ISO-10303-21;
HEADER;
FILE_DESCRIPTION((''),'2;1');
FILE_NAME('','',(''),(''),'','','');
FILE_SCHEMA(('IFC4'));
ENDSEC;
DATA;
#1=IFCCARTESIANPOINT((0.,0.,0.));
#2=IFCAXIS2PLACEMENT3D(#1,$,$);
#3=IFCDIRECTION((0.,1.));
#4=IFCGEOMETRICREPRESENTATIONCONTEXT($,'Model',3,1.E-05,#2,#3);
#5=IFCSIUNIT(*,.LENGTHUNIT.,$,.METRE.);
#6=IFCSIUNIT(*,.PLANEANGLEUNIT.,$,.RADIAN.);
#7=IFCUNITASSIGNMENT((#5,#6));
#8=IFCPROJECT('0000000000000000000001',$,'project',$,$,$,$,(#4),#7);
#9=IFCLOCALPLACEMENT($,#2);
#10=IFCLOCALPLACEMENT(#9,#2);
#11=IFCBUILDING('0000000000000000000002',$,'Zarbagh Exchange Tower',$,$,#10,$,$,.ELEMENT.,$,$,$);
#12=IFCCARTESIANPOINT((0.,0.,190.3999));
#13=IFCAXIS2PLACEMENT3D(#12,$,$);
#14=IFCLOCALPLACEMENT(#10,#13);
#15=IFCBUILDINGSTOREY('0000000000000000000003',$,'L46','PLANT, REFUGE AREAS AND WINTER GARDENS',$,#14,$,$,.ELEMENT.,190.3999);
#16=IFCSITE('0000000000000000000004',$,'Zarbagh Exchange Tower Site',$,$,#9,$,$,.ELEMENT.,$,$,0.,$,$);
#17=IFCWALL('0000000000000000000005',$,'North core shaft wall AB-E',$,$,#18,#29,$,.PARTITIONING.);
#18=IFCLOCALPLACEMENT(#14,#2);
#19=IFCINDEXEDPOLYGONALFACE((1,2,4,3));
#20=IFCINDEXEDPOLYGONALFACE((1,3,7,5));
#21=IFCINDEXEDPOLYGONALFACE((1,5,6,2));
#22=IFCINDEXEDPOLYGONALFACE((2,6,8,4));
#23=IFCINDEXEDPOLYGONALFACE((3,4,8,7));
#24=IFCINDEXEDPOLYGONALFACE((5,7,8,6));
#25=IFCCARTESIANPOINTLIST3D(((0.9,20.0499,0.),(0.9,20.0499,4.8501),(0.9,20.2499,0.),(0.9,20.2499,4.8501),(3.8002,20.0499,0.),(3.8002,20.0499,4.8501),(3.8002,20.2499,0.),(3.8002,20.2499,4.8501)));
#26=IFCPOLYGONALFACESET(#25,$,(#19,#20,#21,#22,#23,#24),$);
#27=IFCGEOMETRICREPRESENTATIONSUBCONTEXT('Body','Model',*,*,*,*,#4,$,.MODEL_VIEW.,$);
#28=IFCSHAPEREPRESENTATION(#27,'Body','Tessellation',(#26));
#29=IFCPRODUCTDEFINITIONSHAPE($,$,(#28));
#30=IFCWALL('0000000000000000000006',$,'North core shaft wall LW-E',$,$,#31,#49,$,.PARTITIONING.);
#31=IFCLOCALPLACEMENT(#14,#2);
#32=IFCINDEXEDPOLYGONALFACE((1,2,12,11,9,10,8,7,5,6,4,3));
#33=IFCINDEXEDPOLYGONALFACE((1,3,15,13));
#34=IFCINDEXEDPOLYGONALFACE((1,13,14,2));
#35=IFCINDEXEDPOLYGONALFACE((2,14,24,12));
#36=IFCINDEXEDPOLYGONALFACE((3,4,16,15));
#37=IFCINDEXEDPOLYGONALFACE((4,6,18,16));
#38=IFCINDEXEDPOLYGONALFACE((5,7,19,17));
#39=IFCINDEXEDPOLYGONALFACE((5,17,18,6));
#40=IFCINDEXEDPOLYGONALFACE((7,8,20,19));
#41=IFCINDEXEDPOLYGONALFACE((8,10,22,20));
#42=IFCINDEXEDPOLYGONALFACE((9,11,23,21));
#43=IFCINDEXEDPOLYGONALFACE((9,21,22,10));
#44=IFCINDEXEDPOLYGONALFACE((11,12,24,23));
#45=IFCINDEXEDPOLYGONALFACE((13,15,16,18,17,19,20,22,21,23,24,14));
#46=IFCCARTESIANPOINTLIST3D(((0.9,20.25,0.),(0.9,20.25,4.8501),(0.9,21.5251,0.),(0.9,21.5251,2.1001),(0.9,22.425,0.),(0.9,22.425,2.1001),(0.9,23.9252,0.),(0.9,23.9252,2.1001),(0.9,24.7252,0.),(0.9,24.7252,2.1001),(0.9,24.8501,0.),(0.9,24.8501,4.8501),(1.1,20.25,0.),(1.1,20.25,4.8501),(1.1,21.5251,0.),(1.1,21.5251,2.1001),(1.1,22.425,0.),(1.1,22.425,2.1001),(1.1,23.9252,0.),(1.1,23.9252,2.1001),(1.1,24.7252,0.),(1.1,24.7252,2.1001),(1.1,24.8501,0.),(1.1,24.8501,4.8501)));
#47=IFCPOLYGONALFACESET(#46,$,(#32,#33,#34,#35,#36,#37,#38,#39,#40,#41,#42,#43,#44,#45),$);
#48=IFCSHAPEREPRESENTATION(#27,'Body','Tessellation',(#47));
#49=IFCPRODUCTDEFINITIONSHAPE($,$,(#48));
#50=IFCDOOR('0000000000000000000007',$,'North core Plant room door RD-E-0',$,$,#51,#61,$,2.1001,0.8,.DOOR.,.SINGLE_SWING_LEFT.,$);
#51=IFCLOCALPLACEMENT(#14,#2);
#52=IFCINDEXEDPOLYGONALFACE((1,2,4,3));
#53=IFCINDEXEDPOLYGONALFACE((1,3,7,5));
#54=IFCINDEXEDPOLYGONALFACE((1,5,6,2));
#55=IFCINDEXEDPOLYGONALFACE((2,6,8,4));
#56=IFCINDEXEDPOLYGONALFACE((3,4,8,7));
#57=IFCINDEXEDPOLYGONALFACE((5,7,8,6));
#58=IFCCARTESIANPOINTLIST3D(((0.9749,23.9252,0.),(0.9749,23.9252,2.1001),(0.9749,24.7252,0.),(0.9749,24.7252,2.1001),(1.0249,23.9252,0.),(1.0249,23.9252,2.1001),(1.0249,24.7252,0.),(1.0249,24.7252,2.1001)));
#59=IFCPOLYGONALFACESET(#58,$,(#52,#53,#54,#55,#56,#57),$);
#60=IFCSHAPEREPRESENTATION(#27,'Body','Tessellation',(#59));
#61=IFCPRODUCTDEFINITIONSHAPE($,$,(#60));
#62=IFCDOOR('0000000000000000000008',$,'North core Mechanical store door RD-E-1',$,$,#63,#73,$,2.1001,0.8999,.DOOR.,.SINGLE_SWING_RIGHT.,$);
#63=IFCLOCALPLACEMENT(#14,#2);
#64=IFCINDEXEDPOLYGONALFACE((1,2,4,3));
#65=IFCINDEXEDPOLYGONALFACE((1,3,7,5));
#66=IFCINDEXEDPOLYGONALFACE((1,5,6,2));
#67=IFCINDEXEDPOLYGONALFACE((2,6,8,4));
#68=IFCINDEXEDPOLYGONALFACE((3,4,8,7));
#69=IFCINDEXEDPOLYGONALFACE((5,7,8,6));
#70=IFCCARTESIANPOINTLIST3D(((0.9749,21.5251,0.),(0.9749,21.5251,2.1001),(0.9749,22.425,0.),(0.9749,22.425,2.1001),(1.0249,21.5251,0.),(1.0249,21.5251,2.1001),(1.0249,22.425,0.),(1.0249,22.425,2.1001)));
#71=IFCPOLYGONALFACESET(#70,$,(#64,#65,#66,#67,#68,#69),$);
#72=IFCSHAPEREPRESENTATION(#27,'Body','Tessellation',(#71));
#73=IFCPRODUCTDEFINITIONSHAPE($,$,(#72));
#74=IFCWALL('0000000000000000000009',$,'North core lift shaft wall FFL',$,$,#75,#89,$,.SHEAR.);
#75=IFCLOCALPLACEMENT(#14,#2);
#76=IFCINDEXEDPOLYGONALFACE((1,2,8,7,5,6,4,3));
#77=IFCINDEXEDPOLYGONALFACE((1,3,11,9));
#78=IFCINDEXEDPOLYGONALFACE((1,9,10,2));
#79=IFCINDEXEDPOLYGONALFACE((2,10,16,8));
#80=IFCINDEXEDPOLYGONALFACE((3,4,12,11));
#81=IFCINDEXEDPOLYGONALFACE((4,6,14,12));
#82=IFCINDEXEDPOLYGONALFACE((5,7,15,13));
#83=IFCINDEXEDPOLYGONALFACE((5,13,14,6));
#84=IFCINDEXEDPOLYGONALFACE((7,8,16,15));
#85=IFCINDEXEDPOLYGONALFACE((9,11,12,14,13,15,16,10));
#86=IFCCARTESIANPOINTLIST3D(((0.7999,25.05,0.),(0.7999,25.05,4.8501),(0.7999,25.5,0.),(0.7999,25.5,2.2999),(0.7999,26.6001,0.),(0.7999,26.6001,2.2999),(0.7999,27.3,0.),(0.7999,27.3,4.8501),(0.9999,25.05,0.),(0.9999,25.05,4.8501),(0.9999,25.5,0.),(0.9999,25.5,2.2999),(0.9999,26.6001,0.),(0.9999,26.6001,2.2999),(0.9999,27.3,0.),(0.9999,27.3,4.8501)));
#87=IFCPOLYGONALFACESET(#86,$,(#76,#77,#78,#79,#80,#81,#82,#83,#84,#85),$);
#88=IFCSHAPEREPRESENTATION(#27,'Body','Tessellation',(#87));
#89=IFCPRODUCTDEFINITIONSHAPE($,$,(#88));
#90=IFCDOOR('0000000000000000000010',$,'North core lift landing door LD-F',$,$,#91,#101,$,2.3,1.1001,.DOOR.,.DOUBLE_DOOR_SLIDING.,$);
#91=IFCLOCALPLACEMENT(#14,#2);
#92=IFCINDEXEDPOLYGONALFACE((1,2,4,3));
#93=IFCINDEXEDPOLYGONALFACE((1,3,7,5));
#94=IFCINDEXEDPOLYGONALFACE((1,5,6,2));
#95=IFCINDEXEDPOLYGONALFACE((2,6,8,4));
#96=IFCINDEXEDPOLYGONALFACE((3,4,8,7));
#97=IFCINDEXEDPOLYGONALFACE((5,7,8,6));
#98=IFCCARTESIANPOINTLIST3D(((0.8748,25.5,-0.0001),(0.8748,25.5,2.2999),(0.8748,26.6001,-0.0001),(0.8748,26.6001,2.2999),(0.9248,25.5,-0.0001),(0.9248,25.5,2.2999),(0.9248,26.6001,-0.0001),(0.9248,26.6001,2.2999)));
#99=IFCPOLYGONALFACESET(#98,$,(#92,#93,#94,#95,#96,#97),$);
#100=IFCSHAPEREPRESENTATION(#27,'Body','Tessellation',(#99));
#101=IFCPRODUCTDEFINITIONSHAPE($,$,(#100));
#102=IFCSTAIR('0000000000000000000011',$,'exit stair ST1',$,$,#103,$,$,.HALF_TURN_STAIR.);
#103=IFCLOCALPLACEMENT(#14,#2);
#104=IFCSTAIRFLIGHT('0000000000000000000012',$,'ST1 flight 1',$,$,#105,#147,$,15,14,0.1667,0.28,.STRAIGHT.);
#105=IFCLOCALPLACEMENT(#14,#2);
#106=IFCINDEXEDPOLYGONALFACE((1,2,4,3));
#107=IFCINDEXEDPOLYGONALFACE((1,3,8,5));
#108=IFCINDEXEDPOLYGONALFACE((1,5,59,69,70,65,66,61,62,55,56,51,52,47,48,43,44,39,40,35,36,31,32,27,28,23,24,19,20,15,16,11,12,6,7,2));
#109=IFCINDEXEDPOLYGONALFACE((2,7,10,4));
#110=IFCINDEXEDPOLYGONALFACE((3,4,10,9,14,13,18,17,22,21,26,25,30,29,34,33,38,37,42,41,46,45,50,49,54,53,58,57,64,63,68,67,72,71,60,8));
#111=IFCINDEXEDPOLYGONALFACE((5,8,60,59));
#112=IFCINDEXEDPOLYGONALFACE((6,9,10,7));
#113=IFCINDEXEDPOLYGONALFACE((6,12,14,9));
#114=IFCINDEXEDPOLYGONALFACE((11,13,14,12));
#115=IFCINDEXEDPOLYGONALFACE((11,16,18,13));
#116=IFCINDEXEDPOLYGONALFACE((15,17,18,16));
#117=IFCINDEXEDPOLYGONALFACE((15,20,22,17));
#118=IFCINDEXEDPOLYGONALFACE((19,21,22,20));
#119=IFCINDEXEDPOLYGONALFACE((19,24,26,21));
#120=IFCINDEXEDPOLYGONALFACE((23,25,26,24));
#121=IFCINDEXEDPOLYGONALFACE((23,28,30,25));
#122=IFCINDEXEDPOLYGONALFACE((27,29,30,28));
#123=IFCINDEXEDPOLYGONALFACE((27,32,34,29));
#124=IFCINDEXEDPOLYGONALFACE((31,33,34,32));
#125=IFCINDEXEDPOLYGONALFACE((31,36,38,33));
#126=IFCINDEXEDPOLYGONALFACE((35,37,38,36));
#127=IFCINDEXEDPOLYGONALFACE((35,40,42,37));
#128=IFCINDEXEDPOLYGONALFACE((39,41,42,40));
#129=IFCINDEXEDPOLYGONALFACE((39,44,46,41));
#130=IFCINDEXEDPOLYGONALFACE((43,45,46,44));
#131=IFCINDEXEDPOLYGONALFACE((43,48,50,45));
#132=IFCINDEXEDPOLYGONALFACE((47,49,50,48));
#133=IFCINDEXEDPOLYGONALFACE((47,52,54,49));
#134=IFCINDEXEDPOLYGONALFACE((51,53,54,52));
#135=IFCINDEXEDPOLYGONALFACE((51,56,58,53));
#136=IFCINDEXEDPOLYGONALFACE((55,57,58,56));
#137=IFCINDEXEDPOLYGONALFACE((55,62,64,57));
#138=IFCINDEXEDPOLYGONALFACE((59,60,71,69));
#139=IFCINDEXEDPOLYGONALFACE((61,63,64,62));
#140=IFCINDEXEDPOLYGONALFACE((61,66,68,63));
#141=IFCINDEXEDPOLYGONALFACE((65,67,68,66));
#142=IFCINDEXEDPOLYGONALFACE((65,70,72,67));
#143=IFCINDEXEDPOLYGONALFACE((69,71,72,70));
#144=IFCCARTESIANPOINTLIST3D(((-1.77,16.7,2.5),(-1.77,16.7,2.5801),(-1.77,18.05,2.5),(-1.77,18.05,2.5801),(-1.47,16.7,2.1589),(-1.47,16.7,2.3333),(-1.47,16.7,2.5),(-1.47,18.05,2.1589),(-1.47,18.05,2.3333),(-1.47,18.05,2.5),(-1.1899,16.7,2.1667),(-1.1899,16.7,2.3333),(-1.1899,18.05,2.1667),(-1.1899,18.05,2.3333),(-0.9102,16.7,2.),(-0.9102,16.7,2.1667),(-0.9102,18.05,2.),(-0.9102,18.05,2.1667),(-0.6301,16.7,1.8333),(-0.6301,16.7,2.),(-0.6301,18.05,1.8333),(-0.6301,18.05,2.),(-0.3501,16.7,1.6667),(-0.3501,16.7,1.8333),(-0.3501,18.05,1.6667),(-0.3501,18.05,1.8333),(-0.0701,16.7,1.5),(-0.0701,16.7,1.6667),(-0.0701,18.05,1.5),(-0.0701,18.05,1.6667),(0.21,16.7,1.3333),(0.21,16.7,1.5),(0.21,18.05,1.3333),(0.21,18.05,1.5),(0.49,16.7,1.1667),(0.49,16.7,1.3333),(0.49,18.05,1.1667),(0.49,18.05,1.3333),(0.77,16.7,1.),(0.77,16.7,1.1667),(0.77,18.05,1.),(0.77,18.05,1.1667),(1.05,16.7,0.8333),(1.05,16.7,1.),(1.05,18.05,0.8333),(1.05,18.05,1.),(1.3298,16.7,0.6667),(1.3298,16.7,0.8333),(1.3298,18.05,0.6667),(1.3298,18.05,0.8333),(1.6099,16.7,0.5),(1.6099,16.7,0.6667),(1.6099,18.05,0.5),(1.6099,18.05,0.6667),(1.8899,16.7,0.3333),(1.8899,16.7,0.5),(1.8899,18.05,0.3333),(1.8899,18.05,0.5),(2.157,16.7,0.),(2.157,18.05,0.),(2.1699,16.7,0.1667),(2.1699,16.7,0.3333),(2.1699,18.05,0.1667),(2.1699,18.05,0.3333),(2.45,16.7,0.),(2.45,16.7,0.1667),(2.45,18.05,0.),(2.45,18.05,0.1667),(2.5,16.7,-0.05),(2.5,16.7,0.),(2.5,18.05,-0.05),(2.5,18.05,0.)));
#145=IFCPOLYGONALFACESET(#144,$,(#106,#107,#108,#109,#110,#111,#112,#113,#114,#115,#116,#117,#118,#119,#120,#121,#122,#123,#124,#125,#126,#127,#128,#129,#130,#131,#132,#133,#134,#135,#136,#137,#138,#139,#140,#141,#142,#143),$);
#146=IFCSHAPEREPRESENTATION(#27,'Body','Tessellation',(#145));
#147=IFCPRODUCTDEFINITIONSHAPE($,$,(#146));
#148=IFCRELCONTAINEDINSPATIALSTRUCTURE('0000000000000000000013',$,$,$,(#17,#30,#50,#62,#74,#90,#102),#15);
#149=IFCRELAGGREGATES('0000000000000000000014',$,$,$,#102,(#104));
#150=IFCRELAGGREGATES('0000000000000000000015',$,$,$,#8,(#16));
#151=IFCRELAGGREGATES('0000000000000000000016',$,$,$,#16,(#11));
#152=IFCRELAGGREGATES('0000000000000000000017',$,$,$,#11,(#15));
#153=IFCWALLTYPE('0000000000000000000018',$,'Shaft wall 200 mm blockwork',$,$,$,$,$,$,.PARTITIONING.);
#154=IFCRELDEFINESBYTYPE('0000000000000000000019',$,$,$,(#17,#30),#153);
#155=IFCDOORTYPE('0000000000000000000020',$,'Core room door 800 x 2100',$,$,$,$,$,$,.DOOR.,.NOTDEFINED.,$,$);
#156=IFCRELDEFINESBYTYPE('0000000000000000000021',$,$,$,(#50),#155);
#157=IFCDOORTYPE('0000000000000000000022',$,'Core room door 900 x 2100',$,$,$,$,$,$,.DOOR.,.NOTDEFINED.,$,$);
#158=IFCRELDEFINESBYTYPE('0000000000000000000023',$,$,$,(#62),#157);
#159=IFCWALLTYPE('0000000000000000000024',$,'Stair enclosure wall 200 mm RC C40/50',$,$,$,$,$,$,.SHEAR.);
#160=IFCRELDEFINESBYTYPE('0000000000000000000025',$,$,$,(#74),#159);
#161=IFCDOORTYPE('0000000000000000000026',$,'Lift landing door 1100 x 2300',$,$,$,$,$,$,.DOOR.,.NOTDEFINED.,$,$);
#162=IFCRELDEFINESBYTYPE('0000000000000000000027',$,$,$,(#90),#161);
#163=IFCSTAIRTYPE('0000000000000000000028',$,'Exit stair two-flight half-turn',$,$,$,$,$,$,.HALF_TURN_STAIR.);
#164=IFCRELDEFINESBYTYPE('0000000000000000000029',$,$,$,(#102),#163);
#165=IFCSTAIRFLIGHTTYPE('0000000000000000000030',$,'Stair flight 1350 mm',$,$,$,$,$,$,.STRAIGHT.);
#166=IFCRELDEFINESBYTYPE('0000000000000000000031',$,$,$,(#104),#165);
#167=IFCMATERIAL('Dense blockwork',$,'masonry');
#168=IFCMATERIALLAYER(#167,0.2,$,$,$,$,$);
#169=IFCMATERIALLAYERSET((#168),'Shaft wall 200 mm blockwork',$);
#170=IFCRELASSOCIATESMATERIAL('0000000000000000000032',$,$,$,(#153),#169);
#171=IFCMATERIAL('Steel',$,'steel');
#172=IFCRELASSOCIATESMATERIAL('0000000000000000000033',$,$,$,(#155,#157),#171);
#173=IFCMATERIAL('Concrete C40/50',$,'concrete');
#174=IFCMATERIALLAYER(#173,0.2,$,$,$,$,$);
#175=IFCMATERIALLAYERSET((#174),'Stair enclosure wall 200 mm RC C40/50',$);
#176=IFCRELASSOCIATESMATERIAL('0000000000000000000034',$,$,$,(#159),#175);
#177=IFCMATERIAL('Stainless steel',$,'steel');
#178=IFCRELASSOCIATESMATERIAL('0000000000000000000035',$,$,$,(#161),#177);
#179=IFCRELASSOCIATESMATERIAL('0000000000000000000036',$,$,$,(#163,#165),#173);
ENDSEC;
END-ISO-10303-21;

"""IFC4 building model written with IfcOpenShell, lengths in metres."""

from ifc_helpers import new_model, si_unit, direction, frame, frame_2d, origin, place, context, subcontext, project, spatial, polyline, rectangle, outline, extrude, material, layer, layer_set, type_object, element, fill, aggregate, save


model = new_model("IFC4")

# Units and contexts
model_context = context("Model", 3, precision=1e-05, world=origin(), true_north=direction((0.0, 1.0)))
body_context = subcontext(model_context, "Body", "Model", "MODEL_VIEW")
ifc_project = project(units=[si_unit("LENGTHUNIT", "METRE"), si_unit("PLANEANGLEUNIT", "RADIAN")], contexts=[model_context])

# Site, building, storey
site_placement = place(None, origin())
site = spatial("IfcSite", under=ifc_project, at=site_placement, Name="Zarbagh Exchange Tower Site", CompositionType="ELEMENT", RefElevation=0.0)
building_placement = place(site_placement, origin())
building = spatial("IfcBuilding", under=site, at=building_placement, Name="Zarbagh Exchange Tower", CompositionType="ELEMENT")
storey_placement = place(building_placement, frame((0.0, 0.0, 190.3999)))
storey = spatial("IfcBuildingStorey", under=building, at=storey_placement, Name="L46", Description="PLANT, REFUGE AREAS AND WINTER GARDENS", CompositionType="ELEMENT", Elevation=190.3999)

# Wall
ifc_material_1 = material(Name="Dense blockwork", Category="masonry")
ifc_layer_1 = layer(ifc_material_1, 0.2)
ifc_layer_set_1 = layer_set([ifc_layer_1], Name="Shaft wall 200 mm blockwork")
wall_type_1 = type_object("IfcWallType", Name="Shaft wall 200 mm blockwork", PredefinedType="PARTITIONING", material=ifc_layer_set_1)
wall_1_placement = place(storey_placement, frame((0.8999, 20.1499, 0.0), z_axis=(0.0, 0.0, 1.0), x_axis=(1.0, 0.0, 0.0)))
element("IfcWall", 1, at=wall_1_placement, inside=storey, type_object=wall_type_1, Name="North core shaft wall AB-E", PredefinedType="PARTITIONING", context=body_context, shape_type="SweptSolid", body=[
    extrude(rectangle(XDim=2.9001, YDim=0.2, at=frame_2d((1.4502, 0.0))), origin(), (0.0, 0.0, 1.0), 4.8501),
])

# Wall, openings, doors
wall_2_placement = place(storey_placement, frame((1.0, 24.8501, 0.0), z_axis=(0.0, 0.0, 1.0), x_axis=(0.0, -1.0, 0.0)))
wall_2 = element("IfcWall", 2, at=wall_2_placement, inside=storey, type_object=wall_type_1, Name="North core shaft wall LW-E", PredefinedType="PARTITIONING", context=body_context, shape_type="SweptSolid", body=[
    extrude(rectangle(XDim=4.6001, YDim=0.2, at=frame_2d((2.3, 0.0))), origin(), (0.0, 0.0, 1.0), 4.8501),
])
opening_1_placement = place(wall_2_placement, frame((0.125, 0.0, 0.0)))
opening_1 = element("IfcOpeningElement", 3, at=opening_1_placement, cuts=wall_2, PredefinedType="OPENING", context=body_context, shape_type="SweptSolid", body=[
    extrude(rectangle(XDim=0.8, YDim=2.1001, at=frame_2d((0.3999, 1.05))), frame((0.0, 0.1099, 0.0), z_axis=(0.0, -1.0, 0.0), x_axis=(1.0, 0.0, 0.0)), (0.0, 0.0, 1.0), 0.22),
])
opening_2_placement = place(wall_2_placement, frame((2.425, 0.0, 0.0)))
opening_2 = element("IfcOpeningElement", 4, at=opening_2_placement, cuts=wall_2, PredefinedType="OPENING", context=body_context, shape_type="SweptSolid", body=[
    extrude(rectangle(XDim=0.8999, YDim=2.1001, at=frame_2d((0.45, 1.05))), frame((0.0, 0.1099, 0.0), z_axis=(0.0, -1.0, 0.0), x_axis=(1.0, 0.0, 0.0)), (0.0, 0.0, 1.0), 0.22),
])
ifc_material_2 = material(Name="Steel", Category="steel")
door_type_1 = type_object("IfcDoorType", Name="Core room door 800 x 2100", OperationType="NOTDEFINED", PredefinedType="DOOR", material=ifc_material_2)
door_1_placement = place(opening_1_placement, origin())
door_1 = element("IfcDoor", 5, at=door_1_placement, inside=storey, type_object=door_type_1, Name="North core Plant room door RD-E-0", OperationType="SINGLE_SWING_LEFT", OverallHeight=2.1001, OverallWidth=0.8, PredefinedType="DOOR", context=body_context, shape_type="SweptSolid", body=[
    extrude(rectangle(XDim=0.8, YDim=2.1001, at=frame_2d((0.3999, 1.05))), frame((0.0, 0.0249, 0.0), z_axis=(0.0, -1.0, 0.0), x_axis=(1.0, 0.0, 0.0)), (0.0, 0.0, 1.0), 0.05),
])
fill(opening_1, door_1)
door_type_2 = type_object("IfcDoorType", Name="Core room door 900 x 2100", OperationType="NOTDEFINED", PredefinedType="DOOR", material=ifc_material_2)
door_2_placement = place(opening_2_placement, origin())
door_2 = element("IfcDoor", 6, at=door_2_placement, inside=storey, type_object=door_type_2, Name="North core Mechanical store door RD-E-1", OperationType="SINGLE_SWING_RIGHT", OverallHeight=2.1001, OverallWidth=0.8999, PredefinedType="DOOR", context=body_context, shape_type="SweptSolid", body=[
    extrude(rectangle(XDim=0.8999, YDim=2.1001, at=frame_2d((0.45, 1.05))), frame((0.0, 0.0249, 0.0), z_axis=(0.0, -1.0, 0.0), x_axis=(1.0, 0.0, 0.0)), (0.0, 0.0, 1.0), 0.05),
])
fill(opening_2, door_2)

# Wall, opening, door
ifc_material_3 = material(Name="Concrete C40/50", Category="concrete")
ifc_layer_2 = layer(ifc_material_3, 0.2)
ifc_layer_set_2 = layer_set([ifc_layer_2], Name="Stair enclosure wall 200 mm RC C40/50")
wall_type_2 = type_object("IfcWallType", Name="Stair enclosure wall 200 mm RC C40/50", PredefinedType="SHEAR", material=ifc_layer_set_2)
wall_3_placement = place(storey_placement, frame((0.8999, 27.3, 0.0), z_axis=(0.0, 0.0, 1.0), x_axis=(0.0, -1.0, 0.0)))
wall_3 = element("IfcWall", 7, at=wall_3_placement, inside=storey, type_object=wall_type_2, Name="North core lift shaft wall FFL", PredefinedType="SHEAR", context=body_context, shape_type="SweptSolid", body=[
    extrude(rectangle(XDim=2.25, YDim=0.2, at=frame_2d((1.125, 0.0))), origin(), (0.0, 0.0, 1.0), 4.8501),
])
opening_3_placement = place(wall_3_placement, frame((0.7, 0.0, 0.0)))
opening_3 = element("IfcOpeningElement", 8, at=opening_3_placement, cuts=wall_3, PredefinedType="OPENING", context=body_context, shape_type="SweptSolid", body=[
    extrude(rectangle(XDim=1.1001, YDim=2.3, at=frame_2d((0.55, 1.1499))), frame((0.0, 0.1099, 0.0), z_axis=(0.0, -1.0, 0.0), x_axis=(1.0, 0.0, 0.0)), (0.0, 0.0, 1.0), 0.22),
])
ifc_material_4 = material(Name="Stainless steel", Category="steel")
door_type_3 = type_object("IfcDoorType", Name="Lift landing door 1100 x 2300", OperationType="NOTDEFINED", PredefinedType="DOOR", material=ifc_material_4)
door_3_placement = place(opening_3_placement, origin())
door_3 = element("IfcDoor", 9, at=door_3_placement, inside=storey, type_object=door_type_3, Name="North core lift landing door LD-F", OperationType="DOUBLE_DOOR_SLIDING", OverallHeight=2.3, OverallWidth=1.1001, PredefinedType="DOOR", context=body_context, shape_type="SweptSolid", body=[
    extrude(rectangle(XDim=1.1001, YDim=2.3, at=frame_2d((0.55, 1.1499))), frame((0.0, 0.0249, 0.0), z_axis=(0.0, -1.0, 0.0), x_axis=(1.0, 0.0, 0.0)), (0.0, 0.0, 1.0), 0.05),
])
fill(opening_3, door_3)

# Stair, stair flight
stair_type = type_object("IfcStairType", Name="Exit stair two-flight half-turn", PredefinedType="HALF_TURN_STAIR", material=ifc_material_3)
stair_placement = place(storey_placement, origin())
stair = element("IfcStair", 10, at=stair_placement, inside=storey, type_object=stair_type, Name="exit stair ST1", PredefinedType="HALF_TURN_STAIR")
stair_flight_type = type_object("IfcStairFlightType", Name="Stair flight 1350 mm", PredefinedType="STRAIGHT", material=ifc_material_3)
stair_flight_placement = place(storey_placement, frame((2.45, 17.375, 0.0), z_axis=(0.0, 0.0, 1.0), x_axis=(-1.0, 0.0, 0.0)))
stair_flight = element("IfcStairFlight", 11, at=stair_flight_placement, type_object=stair_flight_type, Name="ST1 flight 1", NumberOfRisers=15, NumberOfTreads=14, PredefinedType="STRAIGHT", RiserHeight=0.1667, TreadLength=0.28, context=body_context, shape_type="SweptSolid", body=[
    extrude(outline(polyline([(-0.05, -0.05), (-0.05, 0.0), (0.0, 0.0), (0.0, 0.1667), (0.28, 0.1667), (0.28, 0.3333), (0.5601, 0.3333), (0.5601, 0.5), (0.8401, 0.5), (0.8401, 0.6667), (1.1201, 0.6667), (1.1201, 0.8333), (1.3999, 0.8333), (1.3999, 1.0), (1.6799, 1.0), (1.6799, 1.1667), (1.96, 1.1667), (1.96, 1.3333), (2.24, 1.3333), (2.24, 1.5), (2.52, 1.5), (2.52, 1.6667), (2.8, 1.6667), (2.8, 1.8333), (3.0801, 1.8333), (3.0801, 2.0), (3.3601, 2.0), (3.3601, 2.1667), (3.6399, 2.1667), (3.6399, 2.3333), (3.9199, 2.3333), (3.9199, 2.5), (4.22, 2.5801), (4.22, 2.5), (3.9199, 2.1589), (0.293, 0.0), (-0.05, -0.05)])), frame((0.0, 0.675, 0.0), z_axis=(0.0, -1.0, 0.0), x_axis=(1.0, 0.0, 0.0)), (0.0, 0.0, 1.0), 1.3501),
])
aggregate(stair, [stair_flight])

save(model, "model.ifc")
